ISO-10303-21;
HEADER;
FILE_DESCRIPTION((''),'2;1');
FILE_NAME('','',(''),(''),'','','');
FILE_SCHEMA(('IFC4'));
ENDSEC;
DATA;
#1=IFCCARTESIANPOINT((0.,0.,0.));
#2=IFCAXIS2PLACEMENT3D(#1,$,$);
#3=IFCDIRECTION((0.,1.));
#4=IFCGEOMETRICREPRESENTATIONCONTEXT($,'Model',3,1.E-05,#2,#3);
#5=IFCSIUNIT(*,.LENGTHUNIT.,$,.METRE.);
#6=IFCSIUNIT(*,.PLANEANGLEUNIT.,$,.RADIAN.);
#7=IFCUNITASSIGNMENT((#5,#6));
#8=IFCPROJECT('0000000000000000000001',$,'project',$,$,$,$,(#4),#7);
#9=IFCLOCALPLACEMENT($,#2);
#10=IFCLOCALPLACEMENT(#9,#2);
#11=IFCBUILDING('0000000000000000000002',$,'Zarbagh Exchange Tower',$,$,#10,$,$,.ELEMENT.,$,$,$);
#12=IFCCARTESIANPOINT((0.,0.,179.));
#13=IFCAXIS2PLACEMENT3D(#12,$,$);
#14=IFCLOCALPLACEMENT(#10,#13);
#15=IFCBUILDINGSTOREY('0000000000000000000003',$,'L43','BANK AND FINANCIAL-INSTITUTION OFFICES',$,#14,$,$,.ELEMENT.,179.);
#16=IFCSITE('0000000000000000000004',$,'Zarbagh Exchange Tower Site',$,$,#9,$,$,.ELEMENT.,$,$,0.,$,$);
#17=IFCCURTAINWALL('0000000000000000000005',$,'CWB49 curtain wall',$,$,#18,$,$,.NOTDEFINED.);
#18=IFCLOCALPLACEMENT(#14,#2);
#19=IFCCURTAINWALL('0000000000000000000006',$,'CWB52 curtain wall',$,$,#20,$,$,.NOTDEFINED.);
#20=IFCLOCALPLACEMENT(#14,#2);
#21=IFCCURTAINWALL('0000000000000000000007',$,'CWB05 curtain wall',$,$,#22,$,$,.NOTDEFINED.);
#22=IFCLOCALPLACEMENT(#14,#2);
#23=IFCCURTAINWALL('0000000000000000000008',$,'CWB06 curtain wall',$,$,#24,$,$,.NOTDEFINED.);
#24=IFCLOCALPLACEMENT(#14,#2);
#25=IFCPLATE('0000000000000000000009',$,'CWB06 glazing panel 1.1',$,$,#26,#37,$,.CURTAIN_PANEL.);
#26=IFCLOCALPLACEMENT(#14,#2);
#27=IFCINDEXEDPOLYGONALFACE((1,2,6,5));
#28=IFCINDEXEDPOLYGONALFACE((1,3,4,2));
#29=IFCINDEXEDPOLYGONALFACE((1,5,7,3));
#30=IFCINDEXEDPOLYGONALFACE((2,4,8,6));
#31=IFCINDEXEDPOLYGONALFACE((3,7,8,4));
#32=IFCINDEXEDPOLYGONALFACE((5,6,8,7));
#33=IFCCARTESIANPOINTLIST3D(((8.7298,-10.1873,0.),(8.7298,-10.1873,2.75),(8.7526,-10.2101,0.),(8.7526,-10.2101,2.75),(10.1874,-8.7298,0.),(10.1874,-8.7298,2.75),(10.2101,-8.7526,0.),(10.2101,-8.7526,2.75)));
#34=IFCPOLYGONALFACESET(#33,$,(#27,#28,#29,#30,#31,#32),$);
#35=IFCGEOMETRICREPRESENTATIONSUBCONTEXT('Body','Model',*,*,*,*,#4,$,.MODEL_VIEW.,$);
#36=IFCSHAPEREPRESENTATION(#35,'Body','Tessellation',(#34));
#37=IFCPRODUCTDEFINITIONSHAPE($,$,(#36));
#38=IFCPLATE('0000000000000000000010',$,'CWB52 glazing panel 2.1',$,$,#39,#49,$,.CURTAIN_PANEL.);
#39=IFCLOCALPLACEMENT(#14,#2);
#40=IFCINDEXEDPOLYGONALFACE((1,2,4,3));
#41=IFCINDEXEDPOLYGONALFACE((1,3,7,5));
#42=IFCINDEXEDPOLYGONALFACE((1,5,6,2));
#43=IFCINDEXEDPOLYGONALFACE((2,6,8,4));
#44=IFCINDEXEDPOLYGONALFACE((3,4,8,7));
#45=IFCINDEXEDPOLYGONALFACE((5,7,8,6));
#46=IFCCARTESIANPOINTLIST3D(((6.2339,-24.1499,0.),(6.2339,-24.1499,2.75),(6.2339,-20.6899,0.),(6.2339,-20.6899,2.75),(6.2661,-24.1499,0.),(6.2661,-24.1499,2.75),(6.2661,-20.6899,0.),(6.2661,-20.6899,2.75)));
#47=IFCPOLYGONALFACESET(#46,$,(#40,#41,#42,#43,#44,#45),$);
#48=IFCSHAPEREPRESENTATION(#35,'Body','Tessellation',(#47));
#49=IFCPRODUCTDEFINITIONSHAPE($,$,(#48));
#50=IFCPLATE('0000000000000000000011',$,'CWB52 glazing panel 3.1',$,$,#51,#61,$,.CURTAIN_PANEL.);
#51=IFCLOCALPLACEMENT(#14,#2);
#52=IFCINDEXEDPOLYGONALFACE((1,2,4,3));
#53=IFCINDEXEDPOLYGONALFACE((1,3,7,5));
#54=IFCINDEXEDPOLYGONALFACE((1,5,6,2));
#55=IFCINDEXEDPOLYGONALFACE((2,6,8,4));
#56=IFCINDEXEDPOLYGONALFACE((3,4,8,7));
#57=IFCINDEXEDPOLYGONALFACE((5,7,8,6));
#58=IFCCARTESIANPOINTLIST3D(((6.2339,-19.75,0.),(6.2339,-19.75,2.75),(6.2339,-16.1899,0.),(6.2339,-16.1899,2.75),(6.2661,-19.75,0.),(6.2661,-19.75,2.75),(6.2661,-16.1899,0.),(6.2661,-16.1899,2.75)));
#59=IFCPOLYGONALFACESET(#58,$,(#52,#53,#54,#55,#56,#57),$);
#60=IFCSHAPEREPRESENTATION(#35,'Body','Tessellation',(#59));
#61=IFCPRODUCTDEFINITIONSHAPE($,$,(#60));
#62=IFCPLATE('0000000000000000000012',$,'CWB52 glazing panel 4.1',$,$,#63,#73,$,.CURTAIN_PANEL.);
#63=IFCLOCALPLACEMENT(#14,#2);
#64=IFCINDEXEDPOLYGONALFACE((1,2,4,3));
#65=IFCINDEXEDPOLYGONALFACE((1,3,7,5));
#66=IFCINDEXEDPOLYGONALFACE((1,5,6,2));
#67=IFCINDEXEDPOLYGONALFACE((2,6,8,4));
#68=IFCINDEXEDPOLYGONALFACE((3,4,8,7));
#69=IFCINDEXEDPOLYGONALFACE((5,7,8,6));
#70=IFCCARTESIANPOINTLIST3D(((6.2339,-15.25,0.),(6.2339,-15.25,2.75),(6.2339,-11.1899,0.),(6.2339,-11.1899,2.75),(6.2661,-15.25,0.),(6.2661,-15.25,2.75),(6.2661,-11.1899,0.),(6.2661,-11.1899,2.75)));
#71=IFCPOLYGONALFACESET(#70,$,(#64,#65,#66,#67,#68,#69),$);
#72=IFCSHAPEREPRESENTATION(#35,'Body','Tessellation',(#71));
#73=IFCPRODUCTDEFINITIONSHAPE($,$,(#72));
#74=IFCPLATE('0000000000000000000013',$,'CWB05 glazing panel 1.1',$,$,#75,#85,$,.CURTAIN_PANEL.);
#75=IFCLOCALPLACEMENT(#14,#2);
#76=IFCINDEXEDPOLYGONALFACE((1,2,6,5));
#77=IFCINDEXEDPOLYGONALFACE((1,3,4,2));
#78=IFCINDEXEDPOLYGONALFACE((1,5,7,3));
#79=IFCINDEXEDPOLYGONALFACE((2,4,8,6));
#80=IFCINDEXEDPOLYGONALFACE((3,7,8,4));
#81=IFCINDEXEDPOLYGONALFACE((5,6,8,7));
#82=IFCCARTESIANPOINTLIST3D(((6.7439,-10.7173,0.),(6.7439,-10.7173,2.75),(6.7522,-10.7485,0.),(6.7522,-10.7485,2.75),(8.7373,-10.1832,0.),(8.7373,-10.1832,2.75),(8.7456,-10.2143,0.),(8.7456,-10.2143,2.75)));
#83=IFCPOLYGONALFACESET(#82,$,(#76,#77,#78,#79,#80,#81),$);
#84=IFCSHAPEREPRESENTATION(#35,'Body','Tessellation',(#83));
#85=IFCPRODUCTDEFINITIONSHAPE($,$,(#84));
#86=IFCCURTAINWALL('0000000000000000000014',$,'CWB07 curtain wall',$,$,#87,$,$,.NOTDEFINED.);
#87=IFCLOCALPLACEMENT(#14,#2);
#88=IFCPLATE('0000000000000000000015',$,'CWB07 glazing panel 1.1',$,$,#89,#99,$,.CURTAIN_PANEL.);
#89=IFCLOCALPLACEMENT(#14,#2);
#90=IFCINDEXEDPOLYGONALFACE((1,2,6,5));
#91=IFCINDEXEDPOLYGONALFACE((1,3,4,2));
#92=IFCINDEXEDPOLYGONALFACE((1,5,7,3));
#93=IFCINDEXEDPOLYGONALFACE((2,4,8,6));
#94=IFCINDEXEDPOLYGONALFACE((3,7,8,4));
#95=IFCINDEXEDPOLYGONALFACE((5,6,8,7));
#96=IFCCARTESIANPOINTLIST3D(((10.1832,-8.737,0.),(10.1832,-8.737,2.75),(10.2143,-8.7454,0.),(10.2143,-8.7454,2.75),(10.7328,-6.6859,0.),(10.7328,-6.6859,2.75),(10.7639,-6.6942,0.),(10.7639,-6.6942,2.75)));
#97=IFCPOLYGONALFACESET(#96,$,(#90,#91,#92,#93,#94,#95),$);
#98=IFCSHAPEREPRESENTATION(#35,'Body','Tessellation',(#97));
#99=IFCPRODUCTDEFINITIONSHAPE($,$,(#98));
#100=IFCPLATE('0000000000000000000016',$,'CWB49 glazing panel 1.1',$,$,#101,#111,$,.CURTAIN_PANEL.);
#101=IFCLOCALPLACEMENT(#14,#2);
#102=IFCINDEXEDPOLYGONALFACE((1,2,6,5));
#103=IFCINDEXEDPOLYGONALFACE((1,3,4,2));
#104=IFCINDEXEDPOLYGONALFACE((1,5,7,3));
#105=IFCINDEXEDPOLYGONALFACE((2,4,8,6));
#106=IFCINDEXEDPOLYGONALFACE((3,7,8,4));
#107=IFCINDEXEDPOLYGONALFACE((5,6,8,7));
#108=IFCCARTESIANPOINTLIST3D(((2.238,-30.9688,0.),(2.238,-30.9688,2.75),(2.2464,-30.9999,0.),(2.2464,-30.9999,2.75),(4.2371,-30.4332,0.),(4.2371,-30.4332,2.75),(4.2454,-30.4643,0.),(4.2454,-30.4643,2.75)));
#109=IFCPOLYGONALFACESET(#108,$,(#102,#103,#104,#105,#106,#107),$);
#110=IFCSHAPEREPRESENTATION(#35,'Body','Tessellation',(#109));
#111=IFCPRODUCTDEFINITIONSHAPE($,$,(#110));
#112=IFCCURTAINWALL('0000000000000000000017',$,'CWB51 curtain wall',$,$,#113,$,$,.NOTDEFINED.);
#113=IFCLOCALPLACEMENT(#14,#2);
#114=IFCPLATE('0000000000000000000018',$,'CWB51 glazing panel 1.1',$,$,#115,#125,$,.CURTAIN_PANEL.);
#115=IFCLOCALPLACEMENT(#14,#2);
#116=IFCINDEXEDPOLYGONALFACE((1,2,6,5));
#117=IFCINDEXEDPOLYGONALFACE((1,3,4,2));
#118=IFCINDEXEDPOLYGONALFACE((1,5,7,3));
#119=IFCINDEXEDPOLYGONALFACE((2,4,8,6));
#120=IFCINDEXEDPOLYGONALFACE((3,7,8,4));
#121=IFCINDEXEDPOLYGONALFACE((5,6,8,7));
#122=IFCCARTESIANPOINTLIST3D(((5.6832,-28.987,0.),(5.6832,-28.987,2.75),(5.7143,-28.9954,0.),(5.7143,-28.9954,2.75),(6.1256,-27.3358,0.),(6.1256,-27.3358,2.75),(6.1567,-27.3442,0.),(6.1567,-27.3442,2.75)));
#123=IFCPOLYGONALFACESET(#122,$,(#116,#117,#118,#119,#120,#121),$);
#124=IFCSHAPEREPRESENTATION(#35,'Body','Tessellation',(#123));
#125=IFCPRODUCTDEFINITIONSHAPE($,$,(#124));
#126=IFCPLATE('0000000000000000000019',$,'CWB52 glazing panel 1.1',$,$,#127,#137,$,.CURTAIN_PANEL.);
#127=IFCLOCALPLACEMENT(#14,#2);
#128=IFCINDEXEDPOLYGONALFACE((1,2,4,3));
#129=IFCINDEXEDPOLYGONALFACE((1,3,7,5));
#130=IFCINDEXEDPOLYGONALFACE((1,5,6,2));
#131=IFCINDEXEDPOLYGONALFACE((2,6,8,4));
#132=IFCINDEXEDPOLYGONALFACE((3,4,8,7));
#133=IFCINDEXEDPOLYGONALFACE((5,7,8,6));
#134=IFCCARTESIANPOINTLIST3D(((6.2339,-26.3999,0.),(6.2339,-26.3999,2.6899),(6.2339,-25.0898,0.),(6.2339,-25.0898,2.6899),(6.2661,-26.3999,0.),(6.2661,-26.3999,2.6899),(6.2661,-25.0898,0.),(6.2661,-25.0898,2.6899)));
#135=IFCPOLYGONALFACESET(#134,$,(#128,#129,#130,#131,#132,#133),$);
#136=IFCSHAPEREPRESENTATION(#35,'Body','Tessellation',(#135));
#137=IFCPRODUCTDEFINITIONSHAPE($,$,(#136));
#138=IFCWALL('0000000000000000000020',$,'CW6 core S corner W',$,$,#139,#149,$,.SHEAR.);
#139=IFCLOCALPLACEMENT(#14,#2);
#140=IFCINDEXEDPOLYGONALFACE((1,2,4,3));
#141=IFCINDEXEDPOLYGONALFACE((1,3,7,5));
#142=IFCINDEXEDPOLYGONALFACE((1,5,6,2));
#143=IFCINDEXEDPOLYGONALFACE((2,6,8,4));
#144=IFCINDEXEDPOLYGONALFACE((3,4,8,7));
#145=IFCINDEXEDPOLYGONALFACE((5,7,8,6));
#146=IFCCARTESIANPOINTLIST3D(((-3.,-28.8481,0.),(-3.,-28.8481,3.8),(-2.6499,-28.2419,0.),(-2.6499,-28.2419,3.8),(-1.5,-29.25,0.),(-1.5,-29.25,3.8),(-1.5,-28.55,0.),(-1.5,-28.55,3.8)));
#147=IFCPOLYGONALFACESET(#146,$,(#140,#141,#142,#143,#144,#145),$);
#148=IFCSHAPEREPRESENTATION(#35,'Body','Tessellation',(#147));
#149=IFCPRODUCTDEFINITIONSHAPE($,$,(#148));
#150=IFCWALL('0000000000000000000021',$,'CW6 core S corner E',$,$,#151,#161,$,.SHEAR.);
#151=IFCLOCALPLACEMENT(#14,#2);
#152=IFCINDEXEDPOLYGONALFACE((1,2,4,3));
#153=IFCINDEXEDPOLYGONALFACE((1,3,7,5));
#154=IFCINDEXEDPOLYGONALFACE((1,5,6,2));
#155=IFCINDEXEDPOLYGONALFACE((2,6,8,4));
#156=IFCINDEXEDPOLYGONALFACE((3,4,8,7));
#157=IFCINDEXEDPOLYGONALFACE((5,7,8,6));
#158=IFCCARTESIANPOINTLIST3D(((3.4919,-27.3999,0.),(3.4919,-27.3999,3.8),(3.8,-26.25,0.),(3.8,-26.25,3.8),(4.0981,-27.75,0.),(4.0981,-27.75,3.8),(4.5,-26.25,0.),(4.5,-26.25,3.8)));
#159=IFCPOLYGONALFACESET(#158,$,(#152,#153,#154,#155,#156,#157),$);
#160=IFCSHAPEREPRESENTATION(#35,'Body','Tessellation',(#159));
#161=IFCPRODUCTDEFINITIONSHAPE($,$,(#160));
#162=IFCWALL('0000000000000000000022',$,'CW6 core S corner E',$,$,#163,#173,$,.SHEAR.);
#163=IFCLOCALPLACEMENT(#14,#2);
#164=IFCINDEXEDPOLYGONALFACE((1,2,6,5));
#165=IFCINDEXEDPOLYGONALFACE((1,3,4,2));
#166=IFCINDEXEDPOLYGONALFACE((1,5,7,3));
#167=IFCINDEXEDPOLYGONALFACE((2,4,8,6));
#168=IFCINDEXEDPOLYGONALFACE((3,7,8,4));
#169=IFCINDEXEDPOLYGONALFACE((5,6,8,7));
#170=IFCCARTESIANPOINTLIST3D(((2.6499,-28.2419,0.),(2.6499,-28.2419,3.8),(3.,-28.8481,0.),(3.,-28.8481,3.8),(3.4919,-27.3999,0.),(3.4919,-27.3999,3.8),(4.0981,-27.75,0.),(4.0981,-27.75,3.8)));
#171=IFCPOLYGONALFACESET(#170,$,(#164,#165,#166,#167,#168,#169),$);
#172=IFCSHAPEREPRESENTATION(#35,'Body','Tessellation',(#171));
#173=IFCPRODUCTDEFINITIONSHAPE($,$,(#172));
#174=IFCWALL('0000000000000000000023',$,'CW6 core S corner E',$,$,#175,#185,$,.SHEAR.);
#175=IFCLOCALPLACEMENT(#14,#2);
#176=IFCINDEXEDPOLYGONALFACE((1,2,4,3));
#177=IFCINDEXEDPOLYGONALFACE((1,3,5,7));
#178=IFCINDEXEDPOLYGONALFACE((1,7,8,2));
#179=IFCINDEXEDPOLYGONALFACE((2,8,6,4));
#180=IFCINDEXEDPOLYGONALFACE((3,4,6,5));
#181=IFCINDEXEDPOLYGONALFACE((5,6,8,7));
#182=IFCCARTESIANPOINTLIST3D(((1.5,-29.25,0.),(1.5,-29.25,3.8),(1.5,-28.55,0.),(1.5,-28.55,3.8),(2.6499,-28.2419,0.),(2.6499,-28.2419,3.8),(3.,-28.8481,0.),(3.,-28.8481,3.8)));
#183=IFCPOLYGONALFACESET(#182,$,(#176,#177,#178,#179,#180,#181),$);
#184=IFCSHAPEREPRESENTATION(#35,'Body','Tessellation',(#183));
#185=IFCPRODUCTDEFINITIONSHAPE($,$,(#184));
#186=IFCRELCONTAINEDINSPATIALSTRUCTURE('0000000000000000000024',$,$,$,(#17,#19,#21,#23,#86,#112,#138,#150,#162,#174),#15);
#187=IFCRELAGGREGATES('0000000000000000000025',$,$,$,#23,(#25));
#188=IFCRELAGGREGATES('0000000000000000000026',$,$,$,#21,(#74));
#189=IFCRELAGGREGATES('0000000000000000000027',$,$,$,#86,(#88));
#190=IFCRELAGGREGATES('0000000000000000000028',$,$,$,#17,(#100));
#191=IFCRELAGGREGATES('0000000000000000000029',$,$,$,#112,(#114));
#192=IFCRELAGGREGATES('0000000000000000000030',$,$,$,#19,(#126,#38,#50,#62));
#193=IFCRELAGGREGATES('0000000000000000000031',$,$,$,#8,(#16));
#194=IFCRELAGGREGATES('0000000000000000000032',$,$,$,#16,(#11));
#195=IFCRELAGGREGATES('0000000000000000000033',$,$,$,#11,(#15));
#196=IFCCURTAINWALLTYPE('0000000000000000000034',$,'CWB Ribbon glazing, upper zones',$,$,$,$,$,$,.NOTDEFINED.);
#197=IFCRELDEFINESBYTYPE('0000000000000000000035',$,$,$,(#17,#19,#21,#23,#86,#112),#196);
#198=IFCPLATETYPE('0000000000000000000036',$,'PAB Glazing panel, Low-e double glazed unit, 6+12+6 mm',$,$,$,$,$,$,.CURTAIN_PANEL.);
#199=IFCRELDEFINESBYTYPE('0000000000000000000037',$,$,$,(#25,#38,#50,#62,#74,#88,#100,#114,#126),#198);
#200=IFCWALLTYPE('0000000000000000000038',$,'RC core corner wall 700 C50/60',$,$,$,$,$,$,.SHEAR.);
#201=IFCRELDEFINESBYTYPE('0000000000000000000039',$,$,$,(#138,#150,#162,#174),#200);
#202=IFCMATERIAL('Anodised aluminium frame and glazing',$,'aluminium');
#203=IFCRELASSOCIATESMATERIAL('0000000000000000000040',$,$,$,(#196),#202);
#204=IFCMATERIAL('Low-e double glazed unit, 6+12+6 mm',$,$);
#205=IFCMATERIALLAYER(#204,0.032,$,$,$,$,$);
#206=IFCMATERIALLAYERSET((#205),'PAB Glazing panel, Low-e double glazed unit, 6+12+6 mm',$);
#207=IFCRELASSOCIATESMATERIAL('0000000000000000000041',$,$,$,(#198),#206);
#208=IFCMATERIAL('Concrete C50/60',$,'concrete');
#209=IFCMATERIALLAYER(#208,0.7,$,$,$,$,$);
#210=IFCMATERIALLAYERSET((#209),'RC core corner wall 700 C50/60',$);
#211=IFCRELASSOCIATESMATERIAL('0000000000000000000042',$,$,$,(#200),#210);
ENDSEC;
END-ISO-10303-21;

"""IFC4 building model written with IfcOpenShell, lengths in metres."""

from ifc_helpers import new_model, si_unit, direction, frame, origin, place, context, subcontext, project, spatial, polyline, outline, extrude, source, transform, mapped, material, layer, layer_set, type_object, element, aggregate, save


model = new_model("IFC4")

# Units and contexts
model_context = context("Model", 3, precision=1e-05, world=origin(), true_north=direction((0.0, 1.0)))
body_context = subcontext(model_context, "Body", "Model", "MODEL_VIEW")
ifc_project = project(units=[si_unit("LENGTHUNIT", "METRE"), si_unit("PLANEANGLEUNIT", "RADIAN")], contexts=[model_context])

# Site, building, storey
site_placement = place(None, origin())
site = spatial("IfcSite", under=ifc_project, at=site_placement, Name="Zarbagh Exchange Tower Site", CompositionType="ELEMENT", RefElevation=0.0)
building_placement = place(site_placement, origin())
building = spatial("IfcBuilding", under=site, at=building_placement, Name="Zarbagh Exchange Tower", CompositionType="ELEMENT")
storey_placement = place(building_placement, frame((0.0, 0.0, 179.0)))
storey = spatial("IfcBuildingStorey", under=building, at=storey_placement, Name="L43", Description="BANK AND FINANCIAL-INSTITUTION OFFICES", CompositionType="ELEMENT", Elevation=179.0)

# Curtain wall
ifc_material_1 = material(Name="Anodised aluminium frame and glazing", Category="aluminium")
curtain_wall_type = type_object("IfcCurtainWallType", Name="CWB Ribbon glazing, upper zones", PredefinedType="NOTDEFINED", material=ifc_material_1)
curtain_wall_1_placement = place(storey_placement, origin())
curtain_wall_1 = element("IfcCurtainWall", 1, at=curtain_wall_1_placement, inside=storey, type_object=curtain_wall_type, Name="CWB49 curtain wall", PredefinedType="NOTDEFINED")
placement = place(storey_placement, origin())

# Curtain wall
curtain_wall_2_placement = place(storey_placement, origin())
curtain_wall_2 = element("IfcCurtainWall", 2, at=curtain_wall_2_placement, inside=storey, type_object=curtain_wall_type, Name="CWB52 curtain wall", PredefinedType="NOTDEFINED")

# Curtain wall
curtain_wall_3_placement = place(storey_placement, origin())
curtain_wall_3 = element("IfcCurtainWall", 3, at=curtain_wall_3_placement, inside=storey, type_object=curtain_wall_type, Name="CWB05 curtain wall", PredefinedType="NOTDEFINED")

# Curtain wall, plate
ifc_material_2 = material(Name="Low-e double glazed unit, 6+12+6 mm")
ifc_layer_1 = layer(ifc_material_2, 0.032)
ifc_layer_set_1 = layer_set([ifc_layer_1], Name="PAB Glazing panel, Low-e double glazed unit, 6+12+6 mm")
plate_type = type_object("IfcPlateType", Name="PAB Glazing panel, Low-e double glazed unit, 6+12+6 mm", PredefinedType="CURTAIN_PANEL", material=ifc_layer_set_1)
shared_shape_1 = source(origin(), body_context, "Body", "SweptSolid", [
    extrude(outline(polyline([(0.0, -0.0161), (2.0613, -0.0161), (2.0613, 0.0161), (0.0, 0.0161), (0.0, -0.0161)])), origin(), (0.0, 0.0, 1.0), 2.75),
])
curtain_wall_4_placement = place(storey_placement, origin())
curtain_wall_4 = element("IfcCurtainWall", 4, at=curtain_wall_4_placement, inside=storey, type_object=curtain_wall_type, Name="CWB06 curtain wall", PredefinedType="NOTDEFINED")
plate_1 = element("IfcPlate", 5, at=placement, type_object=plate_type, Name="CWB06 glazing panel 1.1", PredefinedType="CURTAIN_PANEL", context=body_context, shape_type="MappedRepresentation", body=[
    mapped(shared_shape_1, transform((8.7412, -10.1987, 0.0), x_axis=(0.707107, 0.707107, 0.0), y_axis=(-0.707107, 0.707107, 0.0), z_axis=(0.0, 0.0, 1.0))),
])
aggregate(curtain_wall_4, [plate_1])

# Plates
shared_shape_2 = source(origin(), body_context, "Body", "SweptSolid", [
    extrude(outline(polyline([(0.0, -0.0161), (3.46, -0.0161), (3.46, 0.0161), (0.0, 0.0161), (0.0, -0.0161)])), origin(), (0.0, 0.0, 1.0), 2.75),
])
plate_2 = element("IfcPlate", 6, at=placement, type_object=plate_type, Name="CWB52 glazing panel 2.1", PredefinedType="CURTAIN_PANEL", context=body_context, shape_type="MappedRepresentation", body=[
    mapped(shared_shape_2, transform((6.25, -24.1499, 0.0), x_axis=(0.0, 1.0, 0.0), y_axis=(-1.0, 0.0, 0.0), z_axis=(0.0, 0.0, 1.0))),
])
shared_shape_3 = source(origin(), body_context, "Body", "SweptSolid", [
    extrude(outline(polyline([(0.0, -0.0161), (3.5601, -0.0161), (3.5601, 0.0161), (0.0, 0.0161), (0.0, -0.0161)])), origin(), (0.0, 0.0, 1.0), 2.75),
])
plate_3 = element("IfcPlate", 7, at=placement, type_object=plate_type, Name="CWB52 glazing panel 3.1", PredefinedType="CURTAIN_PANEL", context=body_context, shape_type="MappedRepresentation", body=[
    mapped(shared_shape_3, transform((6.25, -19.75, 0.0), x_axis=(0.0, 1.0, 0.0), y_axis=(-1.0, 0.0, 0.0), z_axis=(0.0, 0.0, 1.0))),
])
shared_shape_4 = source(origin(), body_context, "Body", "SweptSolid", [
    extrude(outline(polyline([(0.0, -0.0161), (4.0601, -0.0161), (4.0601, 0.0161), (0.0, 0.0161), (0.0, -0.0161)])), origin(), (0.0, 0.0, 1.0), 2.75),
])
plate_4 = element("IfcPlate", 8, at=placement, type_object=plate_type, Name="CWB52 glazing panel 4.1", PredefinedType="CURTAIN_PANEL", context=body_context, shape_type="MappedRepresentation", body=[
    mapped(shared_shape_4, transform((6.25, -15.25, 0.0), x_axis=(0.0, 1.0, 0.0), y_axis=(-1.0, 0.0, 0.0), z_axis=(0.0, 0.0, 1.0))),
])
shared_shape_5 = source(origin(), body_context, "Body", "SweptSolid", [
    extrude(outline(polyline([(0.0, -0.0161), (2.0637, -0.0161), (2.0637, 0.0161), (0.0, 0.0161), (0.0, -0.0161)])), origin(), (0.0, 0.0, 1.0), 2.75),
])
plate_5 = element("IfcPlate", 9, at=placement, type_object=plate_type, Name="CWB05 glazing panel 1.1", PredefinedType="CURTAIN_PANEL", context=body_context, shape_type="MappedRepresentation", body=[
    mapped(shared_shape_5, transform((6.748, -10.7329, 0.0), x_axis=(0.965924, 0.258825, 0.0), y_axis=(-0.258825, 0.965924, 0.0), z_axis=(0.0, 0.0, 1.0))),
])
aggregate(curtain_wall_3, [plate_5])

# Curtain wall, plate
curtain_wall_5_placement = place(storey_placement, origin())
curtain_wall_5 = element("IfcCurtainWall", 10, at=curtain_wall_5_placement, inside=storey, type_object=curtain_wall_type, Name="CWB07 curtain wall", PredefinedType="NOTDEFINED")
shared_shape_6 = source(origin(), body_context, "Body", "SweptSolid", [
    extrude(outline(polyline([(0.0, -0.0161), (2.1235, -0.0161), (2.1235, 0.0161), (0.0, 0.0161), (0.0, -0.0161)])), origin(), (0.0, 0.0, 1.0), 2.75),
])
plate_6 = element("IfcPlate", 11, at=placement, type_object=plate_type, Name="CWB07 glazing panel 1.1", PredefinedType="CURTAIN_PANEL", context=body_context, shape_type="MappedRepresentation", body=[
    mapped(shared_shape_6, transform((10.1987, -8.7412, 0.0), x_axis=(0.258825, 0.965924, 0.0), y_axis=(-0.965924, 0.258825, 0.0), z_axis=(0.0, 0.0, 1.0))),
])
aggregate(curtain_wall_5, [plate_6])

# Plate
shared_shape_7 = source(origin(), body_context, "Body", "SweptSolid", [
    extrude(outline(polyline([(0.0, -0.0161), (2.0696, -0.0161), (2.0696, 0.0161), (0.0, 0.0161), (0.0, -0.0161)])), origin(), (0.0, 0.0, 1.0), 2.75),
])
plate_7 = element("IfcPlate", 12, at=placement, type_object=plate_type, Name="CWB49 glazing panel 1.1", PredefinedType="CURTAIN_PANEL", context=body_context, shape_type="MappedRepresentation", body=[
    mapped(shared_shape_7, transform((2.2422, -30.9844, 0.0), x_axis=(0.965924, 0.258825, 0.0), y_axis=(-0.258825, 0.965924, 0.0), z_axis=(0.0, 0.0, 1.0))),
])
aggregate(curtain_wall_1, [plate_7])

# Curtain wall, plate
curtain_wall_6_placement = place(storey_placement, origin())
curtain_wall_6 = element("IfcCurtainWall", 13, at=curtain_wall_6_placement, inside=storey, type_object=curtain_wall_type, Name="CWB51 curtain wall", PredefinedType="NOTDEFINED")
shared_shape_8 = source(origin(), body_context, "Body", "SweptSolid", [
    extrude(outline(polyline([(0.0, -0.0161), (1.7095, -0.0161), (1.7095, 0.0161), (0.0, 0.0161), (0.0, -0.0161)])), origin(), (0.0, 0.0, 1.0), 2.75),
])
plate_8 = element("IfcPlate", 14, at=placement, type_object=plate_type, Name="CWB51 glazing panel 1.1", PredefinedType="CURTAIN_PANEL", context=body_context, shape_type="MappedRepresentation", body=[
    mapped(shared_shape_8, transform((5.6987, -28.9912, 0.0), x_axis=(0.258825, 0.965924, 0.0), y_axis=(-0.965924, 0.258825, 0.0), z_axis=(0.0, 0.0, 1.0))),
])
aggregate(curtain_wall_6, [plate_8])

# Plate
shared_shape_9 = source(origin(), body_context, "Body", "SweptSolid", [
    extrude(outline(polyline([(0.0, -0.0161), (1.3101, -0.0161), (1.3101, 0.0161), (0.0, 0.0161), (0.0, -0.0161)])), origin(), (0.0, 0.0, 1.0), 2.6899),
])
plate_9 = element("IfcPlate", 15, at=placement, type_object=plate_type, Name="CWB52 glazing panel 1.1", PredefinedType="CURTAIN_PANEL", context=body_context, shape_type="MappedRepresentation", body=[
    mapped(shared_shape_9, transform((6.25, -26.3999, 0.0), x_axis=(0.0, 1.0, 0.0), y_axis=(-1.0, 0.0, 0.0), z_axis=(0.0, 0.0, 1.0))),
])
aggregate(curtain_wall_2, [plate_9, plate_2, plate_3, plate_4])

# Walls
ifc_material_3 = material(Name="Concrete C50/60", Category="concrete")
ifc_layer_2 = layer(ifc_material_3, 0.7)
ifc_layer_set_2 = layer_set([ifc_layer_2], Name="RC core corner wall 700 C50/60")
wall_type = type_object("IfcWallType", Name="RC core corner wall 700 C50/60", PredefinedType="SHEAR", material=ifc_layer_set_2)
wall_1_placement = place(storey_placement, origin())
element("IfcWall", 16, at=wall_1_placement, inside=storey, type_object=wall_type, Name="CW6 core S corner W", PredefinedType="SHEAR", context=body_context, shape_type="SweptSolid", body=[
    extrude(outline(polyline([(-3.0, -28.8481), (-1.5, -29.25), (-1.5, -28.55), (-2.6499, -28.2419), (-3.0, -28.8481)])), origin(), (0.0, 0.0, 1.0), 3.8),
])
wall_2_placement = place(storey_placement, origin())
element("IfcWall", 17, at=wall_2_placement, inside=storey, type_object=wall_type, Name="CW6 core S corner E", PredefinedType="SHEAR", context=body_context, shape_type="SweptSolid", body=[
    extrude(outline(polyline([(4.5, -26.25), (4.0981, -27.75), (3.4919, -27.3999), (3.8, -26.25), (4.5, -26.25)])), origin(), (0.0, 0.0, 1.0), 3.8),
])
wall_3_placement = place(storey_placement, origin())
element("IfcWall", 18, at=wall_3_placement, inside=storey, type_object=wall_type, Name="CW6 core S corner E", PredefinedType="SHEAR", context=body_context, shape_type="SweptSolid", body=[
    extrude(outline(polyline([(4.0981, -27.75), (3.0, -28.8481), (2.6499, -28.2419), (3.4919, -27.3999), (4.0981, -27.75)])), origin(), (0.0, 0.0, 1.0), 3.8),
])
wall_4_placement = place(storey_placement, origin())
element("IfcWall", 19, at=wall_4_placement, inside=storey, type_object=wall_type, Name="CW6 core S corner E", PredefinedType="SHEAR", context=body_context, shape_type="SweptSolid", body=[
    extrude(outline(polyline([(3.0, -28.8481), (1.5, -29.25), (1.5, -28.55), (2.6499, -28.2419), (3.0, -28.8481)])), origin(), (0.0, 0.0, 1.0), 3.8),
])

save(model, "model.ifc")
